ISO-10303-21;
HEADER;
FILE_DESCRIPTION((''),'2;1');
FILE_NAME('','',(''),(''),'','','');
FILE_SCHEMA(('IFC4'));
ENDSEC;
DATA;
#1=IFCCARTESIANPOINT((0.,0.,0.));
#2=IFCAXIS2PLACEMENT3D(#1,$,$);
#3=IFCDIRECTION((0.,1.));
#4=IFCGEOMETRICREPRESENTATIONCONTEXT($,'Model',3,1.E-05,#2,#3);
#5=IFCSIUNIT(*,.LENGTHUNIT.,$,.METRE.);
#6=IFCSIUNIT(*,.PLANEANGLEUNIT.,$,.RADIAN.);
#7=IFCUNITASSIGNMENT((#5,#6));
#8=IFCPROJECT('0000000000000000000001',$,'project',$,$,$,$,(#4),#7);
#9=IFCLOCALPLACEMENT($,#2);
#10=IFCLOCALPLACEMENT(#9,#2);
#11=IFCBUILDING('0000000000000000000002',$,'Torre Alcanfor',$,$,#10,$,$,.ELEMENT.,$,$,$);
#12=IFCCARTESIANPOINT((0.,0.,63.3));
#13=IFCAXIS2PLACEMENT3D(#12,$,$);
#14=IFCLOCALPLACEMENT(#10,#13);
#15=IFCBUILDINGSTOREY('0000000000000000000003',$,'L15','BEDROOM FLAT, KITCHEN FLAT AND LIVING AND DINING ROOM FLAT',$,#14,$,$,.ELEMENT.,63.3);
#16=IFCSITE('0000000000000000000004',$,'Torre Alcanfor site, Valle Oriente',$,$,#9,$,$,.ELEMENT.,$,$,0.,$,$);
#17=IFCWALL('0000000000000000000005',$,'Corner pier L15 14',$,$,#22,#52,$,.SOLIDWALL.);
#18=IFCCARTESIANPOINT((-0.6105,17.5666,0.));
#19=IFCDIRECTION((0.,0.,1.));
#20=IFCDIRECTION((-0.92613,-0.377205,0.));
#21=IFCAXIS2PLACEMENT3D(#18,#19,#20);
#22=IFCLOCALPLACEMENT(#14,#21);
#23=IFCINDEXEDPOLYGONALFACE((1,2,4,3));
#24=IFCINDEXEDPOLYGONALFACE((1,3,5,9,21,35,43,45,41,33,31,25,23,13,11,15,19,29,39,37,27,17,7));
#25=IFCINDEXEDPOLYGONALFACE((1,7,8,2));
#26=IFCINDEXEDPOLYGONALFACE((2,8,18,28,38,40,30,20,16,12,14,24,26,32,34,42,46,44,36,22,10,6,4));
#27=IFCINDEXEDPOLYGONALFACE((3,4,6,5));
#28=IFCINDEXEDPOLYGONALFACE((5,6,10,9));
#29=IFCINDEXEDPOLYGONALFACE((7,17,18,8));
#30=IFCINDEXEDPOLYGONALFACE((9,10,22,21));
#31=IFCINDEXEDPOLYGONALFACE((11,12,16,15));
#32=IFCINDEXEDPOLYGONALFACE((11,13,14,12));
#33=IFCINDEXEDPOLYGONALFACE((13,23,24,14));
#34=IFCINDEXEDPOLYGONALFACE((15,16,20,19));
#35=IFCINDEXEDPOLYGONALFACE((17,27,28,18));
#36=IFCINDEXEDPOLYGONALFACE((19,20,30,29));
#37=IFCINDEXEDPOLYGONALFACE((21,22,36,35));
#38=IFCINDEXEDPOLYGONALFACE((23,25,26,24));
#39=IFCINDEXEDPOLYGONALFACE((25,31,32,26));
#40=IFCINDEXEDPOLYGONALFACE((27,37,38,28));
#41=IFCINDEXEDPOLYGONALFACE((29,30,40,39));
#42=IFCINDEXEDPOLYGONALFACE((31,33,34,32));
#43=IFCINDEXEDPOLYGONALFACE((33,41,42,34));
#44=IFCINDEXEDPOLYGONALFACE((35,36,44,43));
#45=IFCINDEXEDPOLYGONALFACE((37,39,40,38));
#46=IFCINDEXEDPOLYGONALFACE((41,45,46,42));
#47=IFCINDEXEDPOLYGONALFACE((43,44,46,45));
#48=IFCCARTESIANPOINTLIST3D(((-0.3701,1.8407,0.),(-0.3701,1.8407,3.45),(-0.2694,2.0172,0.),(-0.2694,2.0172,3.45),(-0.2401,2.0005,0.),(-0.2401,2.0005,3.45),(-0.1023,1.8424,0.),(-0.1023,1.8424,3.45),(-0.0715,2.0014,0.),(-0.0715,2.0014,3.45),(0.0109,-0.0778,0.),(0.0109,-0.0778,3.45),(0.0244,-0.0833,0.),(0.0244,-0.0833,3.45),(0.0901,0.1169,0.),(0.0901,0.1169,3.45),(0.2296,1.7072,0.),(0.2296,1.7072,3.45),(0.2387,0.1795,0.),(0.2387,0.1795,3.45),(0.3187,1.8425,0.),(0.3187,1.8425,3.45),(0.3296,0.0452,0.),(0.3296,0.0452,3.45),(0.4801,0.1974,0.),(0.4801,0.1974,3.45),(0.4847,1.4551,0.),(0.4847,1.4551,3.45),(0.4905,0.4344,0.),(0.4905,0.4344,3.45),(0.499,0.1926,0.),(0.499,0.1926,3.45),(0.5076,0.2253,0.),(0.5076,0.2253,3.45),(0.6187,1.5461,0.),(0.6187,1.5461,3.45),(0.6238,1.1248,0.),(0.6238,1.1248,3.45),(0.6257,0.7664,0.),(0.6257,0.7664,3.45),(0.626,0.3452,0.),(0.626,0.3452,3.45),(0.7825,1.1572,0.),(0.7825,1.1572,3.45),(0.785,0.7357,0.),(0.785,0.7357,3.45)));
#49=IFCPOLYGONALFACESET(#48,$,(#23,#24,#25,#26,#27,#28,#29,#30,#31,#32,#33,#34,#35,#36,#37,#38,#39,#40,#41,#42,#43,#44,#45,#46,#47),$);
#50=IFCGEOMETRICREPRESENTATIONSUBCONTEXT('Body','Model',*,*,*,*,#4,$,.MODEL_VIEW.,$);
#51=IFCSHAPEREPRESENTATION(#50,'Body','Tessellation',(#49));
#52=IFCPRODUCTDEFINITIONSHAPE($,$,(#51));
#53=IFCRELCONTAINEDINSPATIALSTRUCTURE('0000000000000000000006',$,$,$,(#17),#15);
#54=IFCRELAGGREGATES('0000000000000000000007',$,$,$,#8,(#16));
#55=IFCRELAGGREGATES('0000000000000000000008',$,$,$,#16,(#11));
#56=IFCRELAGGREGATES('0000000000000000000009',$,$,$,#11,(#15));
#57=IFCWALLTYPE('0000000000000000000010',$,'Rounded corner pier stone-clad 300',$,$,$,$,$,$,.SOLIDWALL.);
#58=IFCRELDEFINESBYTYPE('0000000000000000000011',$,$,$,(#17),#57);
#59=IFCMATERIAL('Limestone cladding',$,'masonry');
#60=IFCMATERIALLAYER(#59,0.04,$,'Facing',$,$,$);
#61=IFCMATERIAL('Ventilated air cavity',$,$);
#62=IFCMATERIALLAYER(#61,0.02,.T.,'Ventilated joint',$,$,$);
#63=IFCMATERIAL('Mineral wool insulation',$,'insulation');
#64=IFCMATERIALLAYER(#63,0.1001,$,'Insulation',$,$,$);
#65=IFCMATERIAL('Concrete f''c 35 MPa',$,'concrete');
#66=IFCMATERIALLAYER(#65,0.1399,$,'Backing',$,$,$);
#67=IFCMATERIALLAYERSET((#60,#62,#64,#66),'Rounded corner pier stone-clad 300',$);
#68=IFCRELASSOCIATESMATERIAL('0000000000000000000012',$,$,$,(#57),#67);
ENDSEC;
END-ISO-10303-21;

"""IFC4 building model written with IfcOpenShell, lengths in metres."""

from ifc_helpers import new_model, si_unit, direction, frame, origin, place, context, subcontext, project, spatial, polyline, outline, extrude, material, layer, layer_set, type_object, element, save


model = new_model("IFC4")

# Units and contexts
model_context = context("Model", 3, precision=1e-05, world=origin(), true_north=direction((0.0, 1.0)))
body_context = subcontext(model_context, "Body", "Model", "MODEL_VIEW")
ifc_project = project(units=[si_unit("LENGTHUNIT", "METRE"), si_unit("PLANEANGLEUNIT", "RADIAN")], contexts=[model_context])

# Site, building, storey
site_placement = place(None, origin())
site = spatial("IfcSite", under=ifc_project, at=site_placement, Name="Torre Alcanfor site, Valle Oriente", CompositionType="ELEMENT", RefElevation=0.0)
building_placement = place(site_placement, origin())
building = spatial("IfcBuilding", under=site, at=building_placement, Name="Torre Alcanfor", CompositionType="ELEMENT")
storey_placement = place(building_placement, frame((0.0, 0.0, 63.3)))
storey = spatial("IfcBuildingStorey", under=building, at=storey_placement, Name="L15", Description="BEDROOM FLAT, KITCHEN FLAT AND LIVING AND DINING ROOM FLAT", CompositionType="ELEMENT", Elevation=63.3)

# Wall
ifc_material_1 = material(Name="Limestone cladding", Category="masonry")
ifc_layer_1 = layer(ifc_material_1, 0.04, Name="Facing")
ifc_material_2 = material(Name="Ventilated air cavity")
ifc_layer_2 = layer(ifc_material_2, 0.02, ventilated=True, Name="Ventilated joint")
ifc_material_3 = material(Name="Mineral wool insulation", Category="insulation")
ifc_layer_3 = layer(ifc_material_3, 0.1001, Name="Insulation")
ifc_material_4 = material(Name="Concrete f'c 35 MPa", Category="concrete")
ifc_layer_4 = layer(ifc_material_4, 0.1399, Name="Backing")
ifc_layer_set_1 = layer_set([ifc_layer_1, ifc_layer_2, ifc_layer_3, ifc_layer_4], Name="Rounded corner pier stone-clad 300")
wall_type_1 = type_object("IfcWallType", Name="Rounded corner pier stone-clad 300", PredefinedType="SOLIDWALL", material=ifc_layer_set_1)
wall_1_placement = place(storey_placement, frame((-0.6105, 17.5666, 0.0), z_axis=(0.0, 0.0, 1.0), x_axis=(-0.92613, -0.377205, 0.0)))
element("IfcWall", 1, at=wall_1_placement, inside=storey, type_object=wall_type_1, Name="Corner pier L15 14", PredefinedType="SOLIDWALL", context=body_context, shape_type="SweptSolid", body=[
    extrude(outline(polyline([(-0.2694, 2.0172), (-0.3701, 1.8407), (-0.1023, 1.8424), (0.2296, 1.7072), (0.4847, 1.4551), (0.6238, 1.1248), (0.6257, 0.7664), (0.4905, 0.4344), (0.2387, 0.1795), (0.0901, 0.1169), (0.0109, -0.0778), (0.0244, -0.0833), (0.3296, 0.0452), (0.4801, 0.1974), (0.499, 0.1926), (0.5076, 0.2253), (0.626, 0.3452), (0.785, 0.7357), (0.7825, 1.1572), (0.6187, 1.5461), (0.3187, 1.8425), (-0.0715, 2.0014), (-0.2401, 2.0005), (-0.2694, 2.0172)])), origin(), (0.0, 0.0, 1.0), 3.45),
])

save(model, "model.ifc")
